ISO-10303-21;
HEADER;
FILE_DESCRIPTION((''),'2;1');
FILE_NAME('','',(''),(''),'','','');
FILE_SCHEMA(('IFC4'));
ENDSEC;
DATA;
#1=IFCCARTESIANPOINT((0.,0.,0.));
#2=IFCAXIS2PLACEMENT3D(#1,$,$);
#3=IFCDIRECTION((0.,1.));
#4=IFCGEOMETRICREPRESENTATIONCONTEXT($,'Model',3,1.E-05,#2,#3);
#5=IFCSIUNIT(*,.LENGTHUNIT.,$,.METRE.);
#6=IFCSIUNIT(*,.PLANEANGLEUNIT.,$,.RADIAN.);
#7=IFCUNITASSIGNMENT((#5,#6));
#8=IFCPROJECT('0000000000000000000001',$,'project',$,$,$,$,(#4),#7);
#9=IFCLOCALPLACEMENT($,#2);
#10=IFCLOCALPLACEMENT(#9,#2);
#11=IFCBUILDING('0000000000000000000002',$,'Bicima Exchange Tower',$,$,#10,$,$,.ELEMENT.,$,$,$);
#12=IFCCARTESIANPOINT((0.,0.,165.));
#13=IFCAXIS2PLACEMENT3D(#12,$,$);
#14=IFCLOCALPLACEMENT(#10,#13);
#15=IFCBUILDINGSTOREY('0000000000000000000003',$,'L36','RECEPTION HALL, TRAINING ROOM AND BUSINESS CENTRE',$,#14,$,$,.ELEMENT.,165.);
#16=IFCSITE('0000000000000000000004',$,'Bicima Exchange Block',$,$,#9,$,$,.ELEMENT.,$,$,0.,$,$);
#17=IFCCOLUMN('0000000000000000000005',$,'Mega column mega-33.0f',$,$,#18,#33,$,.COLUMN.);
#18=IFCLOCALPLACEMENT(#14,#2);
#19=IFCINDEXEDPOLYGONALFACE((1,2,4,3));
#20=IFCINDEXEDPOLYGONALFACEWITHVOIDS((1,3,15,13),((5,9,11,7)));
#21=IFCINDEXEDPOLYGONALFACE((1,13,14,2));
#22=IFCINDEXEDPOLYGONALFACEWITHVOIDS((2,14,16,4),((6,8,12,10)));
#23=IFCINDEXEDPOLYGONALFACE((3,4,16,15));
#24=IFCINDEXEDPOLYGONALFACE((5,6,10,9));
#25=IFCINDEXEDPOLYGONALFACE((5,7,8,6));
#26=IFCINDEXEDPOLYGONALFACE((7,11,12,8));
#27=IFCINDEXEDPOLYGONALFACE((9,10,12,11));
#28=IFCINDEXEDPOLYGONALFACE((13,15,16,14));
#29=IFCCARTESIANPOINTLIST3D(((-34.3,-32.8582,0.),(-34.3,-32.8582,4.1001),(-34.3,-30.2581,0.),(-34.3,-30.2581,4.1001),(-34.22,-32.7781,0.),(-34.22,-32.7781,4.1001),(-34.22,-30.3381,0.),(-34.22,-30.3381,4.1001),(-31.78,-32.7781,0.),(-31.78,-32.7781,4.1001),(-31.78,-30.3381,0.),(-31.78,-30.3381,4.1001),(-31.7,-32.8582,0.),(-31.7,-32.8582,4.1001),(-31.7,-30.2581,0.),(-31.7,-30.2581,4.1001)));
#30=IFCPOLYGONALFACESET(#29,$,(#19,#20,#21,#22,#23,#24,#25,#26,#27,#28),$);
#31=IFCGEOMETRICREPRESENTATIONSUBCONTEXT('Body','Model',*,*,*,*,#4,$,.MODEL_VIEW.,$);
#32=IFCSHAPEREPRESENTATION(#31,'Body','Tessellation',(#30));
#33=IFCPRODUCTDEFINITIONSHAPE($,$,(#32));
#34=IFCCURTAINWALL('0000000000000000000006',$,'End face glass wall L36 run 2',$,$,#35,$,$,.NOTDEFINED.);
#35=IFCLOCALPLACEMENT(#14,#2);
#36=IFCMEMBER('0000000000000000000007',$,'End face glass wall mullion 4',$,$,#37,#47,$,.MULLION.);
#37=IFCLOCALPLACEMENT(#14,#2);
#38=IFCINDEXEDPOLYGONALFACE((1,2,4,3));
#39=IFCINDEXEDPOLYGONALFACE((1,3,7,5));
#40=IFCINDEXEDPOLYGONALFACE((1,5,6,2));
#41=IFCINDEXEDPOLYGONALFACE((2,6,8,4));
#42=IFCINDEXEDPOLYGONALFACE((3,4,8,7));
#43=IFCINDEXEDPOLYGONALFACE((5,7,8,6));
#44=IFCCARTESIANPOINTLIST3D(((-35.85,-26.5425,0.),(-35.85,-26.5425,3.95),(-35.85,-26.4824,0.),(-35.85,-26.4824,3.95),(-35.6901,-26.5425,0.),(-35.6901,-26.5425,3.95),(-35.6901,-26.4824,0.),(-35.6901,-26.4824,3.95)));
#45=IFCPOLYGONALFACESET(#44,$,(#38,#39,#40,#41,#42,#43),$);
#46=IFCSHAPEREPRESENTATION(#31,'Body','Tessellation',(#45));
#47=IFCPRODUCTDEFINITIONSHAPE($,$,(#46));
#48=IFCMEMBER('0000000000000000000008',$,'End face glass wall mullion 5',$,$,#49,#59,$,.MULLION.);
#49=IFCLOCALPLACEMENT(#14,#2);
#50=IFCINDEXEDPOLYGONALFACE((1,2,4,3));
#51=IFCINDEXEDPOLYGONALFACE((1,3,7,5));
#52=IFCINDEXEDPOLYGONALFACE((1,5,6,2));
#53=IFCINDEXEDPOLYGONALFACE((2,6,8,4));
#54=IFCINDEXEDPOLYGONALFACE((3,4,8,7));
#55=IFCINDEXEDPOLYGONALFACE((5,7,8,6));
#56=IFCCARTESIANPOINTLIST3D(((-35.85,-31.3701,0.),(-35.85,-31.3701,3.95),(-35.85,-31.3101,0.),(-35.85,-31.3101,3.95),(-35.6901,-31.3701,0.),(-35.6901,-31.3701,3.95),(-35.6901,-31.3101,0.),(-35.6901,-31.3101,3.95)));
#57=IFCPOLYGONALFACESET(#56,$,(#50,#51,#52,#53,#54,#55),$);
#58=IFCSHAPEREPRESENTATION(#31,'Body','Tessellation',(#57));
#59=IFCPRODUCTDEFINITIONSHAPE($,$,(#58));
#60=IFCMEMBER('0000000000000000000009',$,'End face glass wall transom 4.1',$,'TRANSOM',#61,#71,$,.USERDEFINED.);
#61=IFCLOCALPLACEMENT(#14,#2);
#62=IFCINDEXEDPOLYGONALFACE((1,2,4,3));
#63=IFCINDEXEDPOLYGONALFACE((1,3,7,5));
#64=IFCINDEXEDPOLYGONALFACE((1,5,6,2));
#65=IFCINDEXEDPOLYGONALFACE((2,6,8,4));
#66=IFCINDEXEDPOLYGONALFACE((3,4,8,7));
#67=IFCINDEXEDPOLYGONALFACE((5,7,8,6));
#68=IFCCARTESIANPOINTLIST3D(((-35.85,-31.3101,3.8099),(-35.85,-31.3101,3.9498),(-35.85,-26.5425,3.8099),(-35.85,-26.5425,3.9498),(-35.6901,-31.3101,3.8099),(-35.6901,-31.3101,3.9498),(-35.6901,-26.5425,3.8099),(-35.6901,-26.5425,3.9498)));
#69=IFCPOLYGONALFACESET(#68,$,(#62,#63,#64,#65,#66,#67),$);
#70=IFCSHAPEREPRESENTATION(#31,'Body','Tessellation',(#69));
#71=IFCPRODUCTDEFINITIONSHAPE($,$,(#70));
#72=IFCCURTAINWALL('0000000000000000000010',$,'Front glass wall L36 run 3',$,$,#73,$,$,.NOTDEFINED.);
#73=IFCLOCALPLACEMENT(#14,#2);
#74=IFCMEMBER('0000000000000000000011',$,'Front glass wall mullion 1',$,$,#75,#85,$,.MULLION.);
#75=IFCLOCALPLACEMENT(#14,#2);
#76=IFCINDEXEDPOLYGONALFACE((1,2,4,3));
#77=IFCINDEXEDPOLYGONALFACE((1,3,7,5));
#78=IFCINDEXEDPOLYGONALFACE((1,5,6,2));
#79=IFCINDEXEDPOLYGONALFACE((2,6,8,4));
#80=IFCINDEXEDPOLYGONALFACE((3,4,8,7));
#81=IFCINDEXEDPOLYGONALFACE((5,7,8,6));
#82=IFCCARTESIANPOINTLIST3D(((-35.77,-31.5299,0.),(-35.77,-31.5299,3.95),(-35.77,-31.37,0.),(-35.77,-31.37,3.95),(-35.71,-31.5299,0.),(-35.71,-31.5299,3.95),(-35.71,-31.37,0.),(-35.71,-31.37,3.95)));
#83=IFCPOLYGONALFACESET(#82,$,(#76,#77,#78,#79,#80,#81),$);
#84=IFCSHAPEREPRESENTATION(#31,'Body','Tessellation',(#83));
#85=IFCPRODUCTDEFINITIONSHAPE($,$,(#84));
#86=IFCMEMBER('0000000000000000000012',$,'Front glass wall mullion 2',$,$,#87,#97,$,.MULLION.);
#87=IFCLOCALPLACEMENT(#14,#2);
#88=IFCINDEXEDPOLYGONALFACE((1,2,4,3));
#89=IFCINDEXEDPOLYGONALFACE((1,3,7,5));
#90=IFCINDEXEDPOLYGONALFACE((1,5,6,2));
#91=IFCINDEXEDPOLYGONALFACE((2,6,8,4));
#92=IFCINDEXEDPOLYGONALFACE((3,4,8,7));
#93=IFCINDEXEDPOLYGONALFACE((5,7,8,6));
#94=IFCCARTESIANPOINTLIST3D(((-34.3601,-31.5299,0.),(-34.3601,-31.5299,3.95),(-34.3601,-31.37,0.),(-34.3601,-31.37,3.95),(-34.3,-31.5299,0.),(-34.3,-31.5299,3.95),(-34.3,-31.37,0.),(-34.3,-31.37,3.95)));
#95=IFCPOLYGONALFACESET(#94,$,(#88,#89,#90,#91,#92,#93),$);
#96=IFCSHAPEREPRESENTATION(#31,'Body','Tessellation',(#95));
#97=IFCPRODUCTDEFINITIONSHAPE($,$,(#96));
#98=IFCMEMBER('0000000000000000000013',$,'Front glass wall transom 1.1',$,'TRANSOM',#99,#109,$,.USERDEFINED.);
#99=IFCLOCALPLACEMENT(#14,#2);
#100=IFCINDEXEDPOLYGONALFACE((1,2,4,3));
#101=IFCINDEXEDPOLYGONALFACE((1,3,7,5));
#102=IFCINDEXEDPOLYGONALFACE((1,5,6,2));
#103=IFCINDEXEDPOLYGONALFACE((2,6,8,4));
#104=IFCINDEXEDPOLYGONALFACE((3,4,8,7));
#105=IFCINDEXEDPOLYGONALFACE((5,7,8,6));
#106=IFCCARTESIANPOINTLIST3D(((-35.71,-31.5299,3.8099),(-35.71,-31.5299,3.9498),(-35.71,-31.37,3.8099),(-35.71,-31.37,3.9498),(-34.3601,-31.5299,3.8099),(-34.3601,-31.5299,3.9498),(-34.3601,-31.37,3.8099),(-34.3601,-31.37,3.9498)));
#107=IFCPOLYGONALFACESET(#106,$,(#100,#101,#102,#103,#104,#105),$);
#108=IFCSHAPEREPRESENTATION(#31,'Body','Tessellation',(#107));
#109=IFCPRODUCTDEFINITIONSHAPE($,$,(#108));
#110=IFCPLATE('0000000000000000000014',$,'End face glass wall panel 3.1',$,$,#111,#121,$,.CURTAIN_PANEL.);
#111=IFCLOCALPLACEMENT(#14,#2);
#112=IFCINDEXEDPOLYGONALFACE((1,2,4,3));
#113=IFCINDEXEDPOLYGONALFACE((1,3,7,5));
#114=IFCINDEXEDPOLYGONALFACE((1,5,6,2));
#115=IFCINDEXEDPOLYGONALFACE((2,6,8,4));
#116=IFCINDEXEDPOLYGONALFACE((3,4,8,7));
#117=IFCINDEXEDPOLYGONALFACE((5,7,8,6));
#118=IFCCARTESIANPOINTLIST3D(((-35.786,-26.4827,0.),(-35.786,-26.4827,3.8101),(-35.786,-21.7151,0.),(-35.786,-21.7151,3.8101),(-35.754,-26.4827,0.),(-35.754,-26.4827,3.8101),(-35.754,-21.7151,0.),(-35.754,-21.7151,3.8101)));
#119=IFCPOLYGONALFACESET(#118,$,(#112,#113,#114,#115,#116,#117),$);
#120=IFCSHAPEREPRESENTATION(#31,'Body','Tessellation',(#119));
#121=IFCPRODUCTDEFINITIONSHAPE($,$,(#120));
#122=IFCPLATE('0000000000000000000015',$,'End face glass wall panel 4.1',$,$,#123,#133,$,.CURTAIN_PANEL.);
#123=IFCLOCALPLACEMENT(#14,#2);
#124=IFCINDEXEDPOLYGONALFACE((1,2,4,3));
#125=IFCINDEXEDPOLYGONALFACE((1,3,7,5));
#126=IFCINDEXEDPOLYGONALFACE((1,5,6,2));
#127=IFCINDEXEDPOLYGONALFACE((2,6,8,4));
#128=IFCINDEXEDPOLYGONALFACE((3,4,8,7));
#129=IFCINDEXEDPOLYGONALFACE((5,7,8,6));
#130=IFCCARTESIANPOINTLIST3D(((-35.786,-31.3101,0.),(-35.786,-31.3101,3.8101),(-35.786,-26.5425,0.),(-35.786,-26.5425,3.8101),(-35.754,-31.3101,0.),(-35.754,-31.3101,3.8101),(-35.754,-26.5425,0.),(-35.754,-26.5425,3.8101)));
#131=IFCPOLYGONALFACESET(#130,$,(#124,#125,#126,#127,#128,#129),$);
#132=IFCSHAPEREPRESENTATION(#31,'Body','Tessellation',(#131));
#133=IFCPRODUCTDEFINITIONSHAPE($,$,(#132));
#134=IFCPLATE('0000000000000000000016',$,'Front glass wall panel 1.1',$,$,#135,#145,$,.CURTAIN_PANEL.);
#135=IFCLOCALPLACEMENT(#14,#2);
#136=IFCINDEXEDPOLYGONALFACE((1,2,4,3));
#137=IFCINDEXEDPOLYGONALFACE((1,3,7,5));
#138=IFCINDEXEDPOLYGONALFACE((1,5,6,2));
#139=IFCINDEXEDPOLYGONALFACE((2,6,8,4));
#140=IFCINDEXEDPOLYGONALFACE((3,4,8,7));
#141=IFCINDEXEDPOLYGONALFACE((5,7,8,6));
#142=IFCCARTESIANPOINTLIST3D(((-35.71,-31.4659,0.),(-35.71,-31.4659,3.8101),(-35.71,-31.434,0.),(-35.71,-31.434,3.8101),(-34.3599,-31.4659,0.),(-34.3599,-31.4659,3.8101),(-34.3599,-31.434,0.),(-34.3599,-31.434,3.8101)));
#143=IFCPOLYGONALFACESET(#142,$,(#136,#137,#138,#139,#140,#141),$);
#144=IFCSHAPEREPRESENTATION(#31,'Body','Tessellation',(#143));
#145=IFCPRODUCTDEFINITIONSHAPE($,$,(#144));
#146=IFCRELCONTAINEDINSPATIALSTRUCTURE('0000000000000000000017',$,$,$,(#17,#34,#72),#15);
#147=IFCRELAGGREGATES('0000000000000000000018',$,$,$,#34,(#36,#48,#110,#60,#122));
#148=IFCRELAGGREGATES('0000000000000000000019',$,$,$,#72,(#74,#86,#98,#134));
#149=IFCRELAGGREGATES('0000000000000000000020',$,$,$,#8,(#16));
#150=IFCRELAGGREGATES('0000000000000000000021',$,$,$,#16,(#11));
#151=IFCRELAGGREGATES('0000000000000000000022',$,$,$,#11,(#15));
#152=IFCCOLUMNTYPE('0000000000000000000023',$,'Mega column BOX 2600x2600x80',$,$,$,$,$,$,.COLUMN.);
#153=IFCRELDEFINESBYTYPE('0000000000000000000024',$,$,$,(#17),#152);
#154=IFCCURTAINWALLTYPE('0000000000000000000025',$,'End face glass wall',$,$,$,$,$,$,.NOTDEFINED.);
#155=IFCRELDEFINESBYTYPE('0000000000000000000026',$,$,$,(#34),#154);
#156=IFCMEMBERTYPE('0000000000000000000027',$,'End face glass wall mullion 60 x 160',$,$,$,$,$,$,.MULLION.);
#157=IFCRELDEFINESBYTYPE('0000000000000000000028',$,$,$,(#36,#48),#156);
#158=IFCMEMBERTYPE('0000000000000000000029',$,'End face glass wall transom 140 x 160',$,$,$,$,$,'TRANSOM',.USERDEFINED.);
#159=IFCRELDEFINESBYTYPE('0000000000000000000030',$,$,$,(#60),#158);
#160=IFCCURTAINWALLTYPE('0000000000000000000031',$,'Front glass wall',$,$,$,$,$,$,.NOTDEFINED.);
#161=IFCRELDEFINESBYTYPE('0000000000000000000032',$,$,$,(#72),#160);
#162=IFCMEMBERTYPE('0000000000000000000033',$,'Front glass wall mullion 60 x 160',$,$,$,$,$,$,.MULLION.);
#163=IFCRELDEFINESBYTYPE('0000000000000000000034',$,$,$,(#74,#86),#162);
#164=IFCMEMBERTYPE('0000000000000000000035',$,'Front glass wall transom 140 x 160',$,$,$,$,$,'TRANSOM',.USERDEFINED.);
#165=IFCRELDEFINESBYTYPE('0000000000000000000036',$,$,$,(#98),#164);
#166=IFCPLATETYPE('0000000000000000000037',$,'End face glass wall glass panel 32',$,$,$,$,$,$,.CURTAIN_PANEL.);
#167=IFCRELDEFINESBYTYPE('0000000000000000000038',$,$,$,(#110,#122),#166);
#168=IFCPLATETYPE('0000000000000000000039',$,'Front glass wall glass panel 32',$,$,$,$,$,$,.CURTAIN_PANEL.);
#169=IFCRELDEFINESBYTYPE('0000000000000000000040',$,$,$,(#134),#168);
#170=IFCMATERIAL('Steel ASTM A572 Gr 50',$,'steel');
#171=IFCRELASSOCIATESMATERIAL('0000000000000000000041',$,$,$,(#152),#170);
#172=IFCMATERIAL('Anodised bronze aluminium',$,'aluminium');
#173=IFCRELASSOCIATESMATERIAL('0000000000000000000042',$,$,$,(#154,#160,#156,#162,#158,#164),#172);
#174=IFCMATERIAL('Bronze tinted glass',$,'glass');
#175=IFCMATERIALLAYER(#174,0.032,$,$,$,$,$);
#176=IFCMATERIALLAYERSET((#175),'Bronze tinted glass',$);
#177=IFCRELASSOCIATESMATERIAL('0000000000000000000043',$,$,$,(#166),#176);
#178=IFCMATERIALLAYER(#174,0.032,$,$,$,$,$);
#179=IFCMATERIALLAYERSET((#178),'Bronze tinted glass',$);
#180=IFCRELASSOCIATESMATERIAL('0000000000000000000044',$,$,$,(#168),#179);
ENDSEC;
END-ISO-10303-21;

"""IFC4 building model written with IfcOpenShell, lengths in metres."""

from ifc_helpers import new_model, si_unit, direction, frame, origin, origin_2d, place, context, subcontext, project, spatial, rectangle, hollow_rectangle, extrude, material, layer, layer_set, material_profile, profile_set, type_object, element, aggregate, save


model = new_model("IFC4")

# Units and contexts
model_context = context("Model", 3, precision=1e-05, world=origin(), true_north=direction((0.0, 1.0)))
body_context = subcontext(model_context, "Body", "Model", "MODEL_VIEW")
ifc_project = project(units=[si_unit("LENGTHUNIT", "METRE"), si_unit("PLANEANGLEUNIT", "RADIAN")], contexts=[model_context])

# Site, building, storey
site_placement = place(None, origin())
site = spatial("IfcSite", under=ifc_project, at=site_placement, Name="Bicima Exchange Block", CompositionType="ELEMENT", RefElevation=0.0)
building_placement = place(site_placement, origin())
building = spatial("IfcBuilding", under=site, at=building_placement, Name="Bicima Exchange Tower", CompositionType="ELEMENT")
storey_placement = place(building_placement, frame((0.0, 0.0, 165.0)))
storey = spatial("IfcBuildingStorey", under=building, at=storey_placement, Name="L36", Description="RECEPTION HALL, TRAINING ROOM AND BUSINESS CENTRE", CompositionType="ELEMENT", Elevation=165.0)

# Column
ifc_material_1 = material(Name="Steel ASTM A572 Gr 50", Category="steel")
ifc_material_profile_1 = material_profile(ifc_material_1, hollow_rectangle(XDim=2.6001, YDim=2.6001, WallThickness=0.0801, at=origin_2d()))
ifc_profile_set_1 = profile_set([ifc_material_profile_1], Name="Steel ASTM A572 Gr 50")
column_type = type_object("IfcColumnType", Name="Mega column BOX 2600x2600x80", PredefinedType="COLUMN", material=ifc_profile_set_1)
column_placement = place(storey_placement, frame((-33.0, -31.5581, 0.0), z_axis=(0.0, 0.0, 1.0), x_axis=(1.0, 0.0, 0.0)))
element("IfcColumn", 1, at=column_placement, inside=storey, type_object=column_type, Name="Mega column mega-33.0f", PredefinedType="COLUMN", context=body_context, shape_type="SweptSolid", body=[
    extrude(hollow_rectangle(XDim=2.6001, YDim=2.6001, WallThickness=0.0801, at=origin_2d()), origin(), (0.0, 0.0, 1.0), 4.1001),
])

# Curtain walls, members
ifc_material_2 = material(Name="Anodised bronze aluminium", Category="aluminium")
curtain_wall_type_1 = type_object("IfcCurtainWallType", Name="End face glass wall", PredefinedType="NOTDEFINED", material=ifc_material_2)
curtain_wall_1_placement = place(storey_placement, origin())
curtain_wall_1 = element("IfcCurtainWall", 2, at=curtain_wall_1_placement, inside=storey, type_object=curtain_wall_type_1, Name="End face glass wall L36 run 2", PredefinedType="NOTDEFINED")
ifc_material_profile_2 = material_profile(ifc_material_2, rectangle(XDim=0.1599, YDim=0.0601, at=origin_2d()))
ifc_profile_set_2 = profile_set([ifc_material_profile_2], Name="Anodised bronze aluminium")
member_type_1 = type_object("IfcMemberType", Name="End face glass wall mullion 60 x 160", PredefinedType="MULLION", material=ifc_profile_set_2)
member_1_placement = place(storey_placement, frame((-35.77, -26.5125, 0.0), z_axis=(0.0, 0.0, 1.0), x_axis=(1.0, 0.0, 0.0)))
member_1 = element("IfcMember", 3, at=member_1_placement, type_object=member_type_1, Name="End face glass wall mullion 4", PredefinedType="MULLION", context=body_context, shape_type="SweptSolid", body=[
    extrude(rectangle(XDim=0.1599, YDim=0.0601, at=origin_2d()), origin(), (0.0, 0.0, 1.0), 3.95),
])
member_2_placement = place(storey_placement, frame((-35.77, -31.3401, 0.0), z_axis=(0.0, 0.0, 1.0), x_axis=(1.0, 0.0, 0.0)))
member_2 = element("IfcMember", 4, at=member_2_placement, type_object=member_type_1, Name="End face glass wall mullion 5", PredefinedType="MULLION", context=body_context, shape_type="SweptSolid", body=[
    extrude(rectangle(XDim=0.1599, YDim=0.0601, at=origin_2d()), origin(), (0.0, 0.0, 1.0), 3.95),
])
ifc_material_profile_3 = material_profile(ifc_material_2, rectangle(XDim=0.1599, YDim=0.1399, at=origin_2d()))
ifc_profile_set_3 = profile_set([ifc_material_profile_3], Name="Anodised bronze aluminium")
member_type_2 = type_object("IfcMemberType", Name="End face glass wall transom 140 x 160", ElementType="TRANSOM", PredefinedType="USERDEFINED", material=ifc_profile_set_3)
member_3_placement = place(storey_placement, frame((-35.77, -26.5425, 3.8799), z_axis=(0.0, -1.0, 0.0), x_axis=(1.0, 0.0, 0.0)))
member_3 = element("IfcMember", 5, at=member_3_placement, type_object=member_type_2, Name="End face glass wall transom 4.1", ObjectType="TRANSOM", PredefinedType="USERDEFINED", context=body_context, shape_type="SweptSolid", body=[
    extrude(rectangle(XDim=0.1599, YDim=0.1399, at=origin_2d()), origin(), (0.0, 0.0, 1.0), 4.7676),
])
curtain_wall_type_2 = type_object("IfcCurtainWallType", Name="Front glass wall", PredefinedType="NOTDEFINED", material=ifc_material_2)
curtain_wall_2_placement = place(storey_placement, origin())
curtain_wall_2 = element("IfcCurtainWall", 6, at=curtain_wall_2_placement, inside=storey, type_object=curtain_wall_type_2, Name="Front glass wall L36 run 3", PredefinedType="NOTDEFINED")
member_type_3 = type_object("IfcMemberType", Name="Front glass wall mullion 60 x 160", PredefinedType="MULLION", material=ifc_profile_set_2)
member_4_placement = place(storey_placement, frame((-35.74, -31.45, 0.0), z_axis=(0.0, 0.0, 1.0), x_axis=(0.0, 1.0, 0.0)))
member_4 = element("IfcMember", 7, at=member_4_placement, type_object=member_type_3, Name="Front glass wall mullion 1", PredefinedType="MULLION", context=body_context, shape_type="SweptSolid", body=[
    extrude(rectangle(XDim=0.1599, YDim=0.0601, at=origin_2d()), origin(), (0.0, 0.0, 1.0), 3.95),
])
member_5_placement = place(storey_placement, frame((-34.3301, -31.45, 0.0), z_axis=(0.0, 0.0, 1.0), x_axis=(0.0, 1.0, 0.0)))
member_5 = element("IfcMember", 8, at=member_5_placement, type_object=member_type_3, Name="Front glass wall mullion 2", PredefinedType="MULLION", context=body_context, shape_type="SweptSolid", body=[
    extrude(rectangle(XDim=0.1599, YDim=0.0601, at=origin_2d()), origin(), (0.0, 0.0, 1.0), 3.95),
])
member_type_4 = type_object("IfcMemberType", Name="Front glass wall transom 140 x 160", ElementType="TRANSOM", PredefinedType="USERDEFINED", material=ifc_profile_set_3)
member_6_placement = place(storey_placement, frame((-35.71, -31.45, 3.8799), z_axis=(1.0, 0.0, 0.0), x_axis=(0.0, 1.0, 0.0)))
member_6 = element("IfcMember", 9, at=member_6_placement, type_object=member_type_4, Name="Front glass wall transom 1.1", ObjectType="TRANSOM", PredefinedType="USERDEFINED", context=body_context, shape_type="SweptSolid", body=[
    extrude(rectangle(XDim=0.1599, YDim=0.1399, at=origin_2d()), origin(), (0.0, 0.0, 1.0), 1.3499),
])

# Plates
ifc_material_3 = material(Name="Bronze tinted glass", Category="glass")
ifc_layer_1 = layer(ifc_material_3, 0.032)
ifc_layer_set_1 = layer_set([ifc_layer_1], Name="Bronze tinted glass")
plate_type_1 = type_object("IfcPlateType", Name="End face glass wall glass panel 32", PredefinedType="CURTAIN_PANEL", material=ifc_layer_set_1)
plate_1_placement = place(storey_placement, frame((-35.77, -24.0989, 0.0), z_axis=(0.0, 0.0, 1.0), x_axis=(0.0, -1.0, 0.0)))
plate_1 = element("IfcPlate", 10, at=plate_1_placement, type_object=plate_type_1, Name="End face glass wall panel 3.1", PredefinedType="CURTAIN_PANEL", context=body_context, shape_type="SweptSolid", body=[
    extrude(rectangle(XDim=4.7676, YDim=0.032, at=origin_2d()), origin(), (0.0, 0.0, 1.0), 3.8101),
])
plate_2_placement = place(storey_placement, frame((-35.77, -28.9263, 0.0), z_axis=(0.0, 0.0, 1.0), x_axis=(0.0, -1.0, 0.0)))
plate_2 = element("IfcPlate", 11, at=plate_2_placement, type_object=plate_type_1, Name="End face glass wall panel 4.1", PredefinedType="CURTAIN_PANEL", context=body_context, shape_type="SweptSolid", body=[
    extrude(rectangle(XDim=4.7676, YDim=0.032, at=origin_2d()), origin(), (0.0, 0.0, 1.0), 3.8101),
])
aggregate(curtain_wall_1, [member_1, member_2, plate_1, member_3, plate_2])
ifc_layer_2 = layer(ifc_material_3, 0.032)
ifc_layer_set_2 = layer_set([ifc_layer_2], Name="Bronze tinted glass")
plate_type_2 = type_object("IfcPlateType", Name="Front glass wall glass panel 32", PredefinedType="CURTAIN_PANEL", material=ifc_layer_set_2)
plate_3_placement = place(storey_placement, frame((-35.0349, -31.45, 0.0), z_axis=(0.0, 0.0, 1.0), x_axis=(1.0, 0.0, 0.0)))
plate_3 = element("IfcPlate", 12, at=plate_3_placement, type_object=plate_type_2, Name="Front glass wall panel 1.1", PredefinedType="CURTAIN_PANEL", context=body_context, shape_type="SweptSolid", body=[
    extrude(rectangle(XDim=1.3501, YDim=0.032, at=origin_2d()), origin(), (0.0, 0.0, 1.0), 3.8101),
])
aggregate(curtain_wall_2, [member_4, member_5, member_6, plate_3])

save(model, "model.ifc")
